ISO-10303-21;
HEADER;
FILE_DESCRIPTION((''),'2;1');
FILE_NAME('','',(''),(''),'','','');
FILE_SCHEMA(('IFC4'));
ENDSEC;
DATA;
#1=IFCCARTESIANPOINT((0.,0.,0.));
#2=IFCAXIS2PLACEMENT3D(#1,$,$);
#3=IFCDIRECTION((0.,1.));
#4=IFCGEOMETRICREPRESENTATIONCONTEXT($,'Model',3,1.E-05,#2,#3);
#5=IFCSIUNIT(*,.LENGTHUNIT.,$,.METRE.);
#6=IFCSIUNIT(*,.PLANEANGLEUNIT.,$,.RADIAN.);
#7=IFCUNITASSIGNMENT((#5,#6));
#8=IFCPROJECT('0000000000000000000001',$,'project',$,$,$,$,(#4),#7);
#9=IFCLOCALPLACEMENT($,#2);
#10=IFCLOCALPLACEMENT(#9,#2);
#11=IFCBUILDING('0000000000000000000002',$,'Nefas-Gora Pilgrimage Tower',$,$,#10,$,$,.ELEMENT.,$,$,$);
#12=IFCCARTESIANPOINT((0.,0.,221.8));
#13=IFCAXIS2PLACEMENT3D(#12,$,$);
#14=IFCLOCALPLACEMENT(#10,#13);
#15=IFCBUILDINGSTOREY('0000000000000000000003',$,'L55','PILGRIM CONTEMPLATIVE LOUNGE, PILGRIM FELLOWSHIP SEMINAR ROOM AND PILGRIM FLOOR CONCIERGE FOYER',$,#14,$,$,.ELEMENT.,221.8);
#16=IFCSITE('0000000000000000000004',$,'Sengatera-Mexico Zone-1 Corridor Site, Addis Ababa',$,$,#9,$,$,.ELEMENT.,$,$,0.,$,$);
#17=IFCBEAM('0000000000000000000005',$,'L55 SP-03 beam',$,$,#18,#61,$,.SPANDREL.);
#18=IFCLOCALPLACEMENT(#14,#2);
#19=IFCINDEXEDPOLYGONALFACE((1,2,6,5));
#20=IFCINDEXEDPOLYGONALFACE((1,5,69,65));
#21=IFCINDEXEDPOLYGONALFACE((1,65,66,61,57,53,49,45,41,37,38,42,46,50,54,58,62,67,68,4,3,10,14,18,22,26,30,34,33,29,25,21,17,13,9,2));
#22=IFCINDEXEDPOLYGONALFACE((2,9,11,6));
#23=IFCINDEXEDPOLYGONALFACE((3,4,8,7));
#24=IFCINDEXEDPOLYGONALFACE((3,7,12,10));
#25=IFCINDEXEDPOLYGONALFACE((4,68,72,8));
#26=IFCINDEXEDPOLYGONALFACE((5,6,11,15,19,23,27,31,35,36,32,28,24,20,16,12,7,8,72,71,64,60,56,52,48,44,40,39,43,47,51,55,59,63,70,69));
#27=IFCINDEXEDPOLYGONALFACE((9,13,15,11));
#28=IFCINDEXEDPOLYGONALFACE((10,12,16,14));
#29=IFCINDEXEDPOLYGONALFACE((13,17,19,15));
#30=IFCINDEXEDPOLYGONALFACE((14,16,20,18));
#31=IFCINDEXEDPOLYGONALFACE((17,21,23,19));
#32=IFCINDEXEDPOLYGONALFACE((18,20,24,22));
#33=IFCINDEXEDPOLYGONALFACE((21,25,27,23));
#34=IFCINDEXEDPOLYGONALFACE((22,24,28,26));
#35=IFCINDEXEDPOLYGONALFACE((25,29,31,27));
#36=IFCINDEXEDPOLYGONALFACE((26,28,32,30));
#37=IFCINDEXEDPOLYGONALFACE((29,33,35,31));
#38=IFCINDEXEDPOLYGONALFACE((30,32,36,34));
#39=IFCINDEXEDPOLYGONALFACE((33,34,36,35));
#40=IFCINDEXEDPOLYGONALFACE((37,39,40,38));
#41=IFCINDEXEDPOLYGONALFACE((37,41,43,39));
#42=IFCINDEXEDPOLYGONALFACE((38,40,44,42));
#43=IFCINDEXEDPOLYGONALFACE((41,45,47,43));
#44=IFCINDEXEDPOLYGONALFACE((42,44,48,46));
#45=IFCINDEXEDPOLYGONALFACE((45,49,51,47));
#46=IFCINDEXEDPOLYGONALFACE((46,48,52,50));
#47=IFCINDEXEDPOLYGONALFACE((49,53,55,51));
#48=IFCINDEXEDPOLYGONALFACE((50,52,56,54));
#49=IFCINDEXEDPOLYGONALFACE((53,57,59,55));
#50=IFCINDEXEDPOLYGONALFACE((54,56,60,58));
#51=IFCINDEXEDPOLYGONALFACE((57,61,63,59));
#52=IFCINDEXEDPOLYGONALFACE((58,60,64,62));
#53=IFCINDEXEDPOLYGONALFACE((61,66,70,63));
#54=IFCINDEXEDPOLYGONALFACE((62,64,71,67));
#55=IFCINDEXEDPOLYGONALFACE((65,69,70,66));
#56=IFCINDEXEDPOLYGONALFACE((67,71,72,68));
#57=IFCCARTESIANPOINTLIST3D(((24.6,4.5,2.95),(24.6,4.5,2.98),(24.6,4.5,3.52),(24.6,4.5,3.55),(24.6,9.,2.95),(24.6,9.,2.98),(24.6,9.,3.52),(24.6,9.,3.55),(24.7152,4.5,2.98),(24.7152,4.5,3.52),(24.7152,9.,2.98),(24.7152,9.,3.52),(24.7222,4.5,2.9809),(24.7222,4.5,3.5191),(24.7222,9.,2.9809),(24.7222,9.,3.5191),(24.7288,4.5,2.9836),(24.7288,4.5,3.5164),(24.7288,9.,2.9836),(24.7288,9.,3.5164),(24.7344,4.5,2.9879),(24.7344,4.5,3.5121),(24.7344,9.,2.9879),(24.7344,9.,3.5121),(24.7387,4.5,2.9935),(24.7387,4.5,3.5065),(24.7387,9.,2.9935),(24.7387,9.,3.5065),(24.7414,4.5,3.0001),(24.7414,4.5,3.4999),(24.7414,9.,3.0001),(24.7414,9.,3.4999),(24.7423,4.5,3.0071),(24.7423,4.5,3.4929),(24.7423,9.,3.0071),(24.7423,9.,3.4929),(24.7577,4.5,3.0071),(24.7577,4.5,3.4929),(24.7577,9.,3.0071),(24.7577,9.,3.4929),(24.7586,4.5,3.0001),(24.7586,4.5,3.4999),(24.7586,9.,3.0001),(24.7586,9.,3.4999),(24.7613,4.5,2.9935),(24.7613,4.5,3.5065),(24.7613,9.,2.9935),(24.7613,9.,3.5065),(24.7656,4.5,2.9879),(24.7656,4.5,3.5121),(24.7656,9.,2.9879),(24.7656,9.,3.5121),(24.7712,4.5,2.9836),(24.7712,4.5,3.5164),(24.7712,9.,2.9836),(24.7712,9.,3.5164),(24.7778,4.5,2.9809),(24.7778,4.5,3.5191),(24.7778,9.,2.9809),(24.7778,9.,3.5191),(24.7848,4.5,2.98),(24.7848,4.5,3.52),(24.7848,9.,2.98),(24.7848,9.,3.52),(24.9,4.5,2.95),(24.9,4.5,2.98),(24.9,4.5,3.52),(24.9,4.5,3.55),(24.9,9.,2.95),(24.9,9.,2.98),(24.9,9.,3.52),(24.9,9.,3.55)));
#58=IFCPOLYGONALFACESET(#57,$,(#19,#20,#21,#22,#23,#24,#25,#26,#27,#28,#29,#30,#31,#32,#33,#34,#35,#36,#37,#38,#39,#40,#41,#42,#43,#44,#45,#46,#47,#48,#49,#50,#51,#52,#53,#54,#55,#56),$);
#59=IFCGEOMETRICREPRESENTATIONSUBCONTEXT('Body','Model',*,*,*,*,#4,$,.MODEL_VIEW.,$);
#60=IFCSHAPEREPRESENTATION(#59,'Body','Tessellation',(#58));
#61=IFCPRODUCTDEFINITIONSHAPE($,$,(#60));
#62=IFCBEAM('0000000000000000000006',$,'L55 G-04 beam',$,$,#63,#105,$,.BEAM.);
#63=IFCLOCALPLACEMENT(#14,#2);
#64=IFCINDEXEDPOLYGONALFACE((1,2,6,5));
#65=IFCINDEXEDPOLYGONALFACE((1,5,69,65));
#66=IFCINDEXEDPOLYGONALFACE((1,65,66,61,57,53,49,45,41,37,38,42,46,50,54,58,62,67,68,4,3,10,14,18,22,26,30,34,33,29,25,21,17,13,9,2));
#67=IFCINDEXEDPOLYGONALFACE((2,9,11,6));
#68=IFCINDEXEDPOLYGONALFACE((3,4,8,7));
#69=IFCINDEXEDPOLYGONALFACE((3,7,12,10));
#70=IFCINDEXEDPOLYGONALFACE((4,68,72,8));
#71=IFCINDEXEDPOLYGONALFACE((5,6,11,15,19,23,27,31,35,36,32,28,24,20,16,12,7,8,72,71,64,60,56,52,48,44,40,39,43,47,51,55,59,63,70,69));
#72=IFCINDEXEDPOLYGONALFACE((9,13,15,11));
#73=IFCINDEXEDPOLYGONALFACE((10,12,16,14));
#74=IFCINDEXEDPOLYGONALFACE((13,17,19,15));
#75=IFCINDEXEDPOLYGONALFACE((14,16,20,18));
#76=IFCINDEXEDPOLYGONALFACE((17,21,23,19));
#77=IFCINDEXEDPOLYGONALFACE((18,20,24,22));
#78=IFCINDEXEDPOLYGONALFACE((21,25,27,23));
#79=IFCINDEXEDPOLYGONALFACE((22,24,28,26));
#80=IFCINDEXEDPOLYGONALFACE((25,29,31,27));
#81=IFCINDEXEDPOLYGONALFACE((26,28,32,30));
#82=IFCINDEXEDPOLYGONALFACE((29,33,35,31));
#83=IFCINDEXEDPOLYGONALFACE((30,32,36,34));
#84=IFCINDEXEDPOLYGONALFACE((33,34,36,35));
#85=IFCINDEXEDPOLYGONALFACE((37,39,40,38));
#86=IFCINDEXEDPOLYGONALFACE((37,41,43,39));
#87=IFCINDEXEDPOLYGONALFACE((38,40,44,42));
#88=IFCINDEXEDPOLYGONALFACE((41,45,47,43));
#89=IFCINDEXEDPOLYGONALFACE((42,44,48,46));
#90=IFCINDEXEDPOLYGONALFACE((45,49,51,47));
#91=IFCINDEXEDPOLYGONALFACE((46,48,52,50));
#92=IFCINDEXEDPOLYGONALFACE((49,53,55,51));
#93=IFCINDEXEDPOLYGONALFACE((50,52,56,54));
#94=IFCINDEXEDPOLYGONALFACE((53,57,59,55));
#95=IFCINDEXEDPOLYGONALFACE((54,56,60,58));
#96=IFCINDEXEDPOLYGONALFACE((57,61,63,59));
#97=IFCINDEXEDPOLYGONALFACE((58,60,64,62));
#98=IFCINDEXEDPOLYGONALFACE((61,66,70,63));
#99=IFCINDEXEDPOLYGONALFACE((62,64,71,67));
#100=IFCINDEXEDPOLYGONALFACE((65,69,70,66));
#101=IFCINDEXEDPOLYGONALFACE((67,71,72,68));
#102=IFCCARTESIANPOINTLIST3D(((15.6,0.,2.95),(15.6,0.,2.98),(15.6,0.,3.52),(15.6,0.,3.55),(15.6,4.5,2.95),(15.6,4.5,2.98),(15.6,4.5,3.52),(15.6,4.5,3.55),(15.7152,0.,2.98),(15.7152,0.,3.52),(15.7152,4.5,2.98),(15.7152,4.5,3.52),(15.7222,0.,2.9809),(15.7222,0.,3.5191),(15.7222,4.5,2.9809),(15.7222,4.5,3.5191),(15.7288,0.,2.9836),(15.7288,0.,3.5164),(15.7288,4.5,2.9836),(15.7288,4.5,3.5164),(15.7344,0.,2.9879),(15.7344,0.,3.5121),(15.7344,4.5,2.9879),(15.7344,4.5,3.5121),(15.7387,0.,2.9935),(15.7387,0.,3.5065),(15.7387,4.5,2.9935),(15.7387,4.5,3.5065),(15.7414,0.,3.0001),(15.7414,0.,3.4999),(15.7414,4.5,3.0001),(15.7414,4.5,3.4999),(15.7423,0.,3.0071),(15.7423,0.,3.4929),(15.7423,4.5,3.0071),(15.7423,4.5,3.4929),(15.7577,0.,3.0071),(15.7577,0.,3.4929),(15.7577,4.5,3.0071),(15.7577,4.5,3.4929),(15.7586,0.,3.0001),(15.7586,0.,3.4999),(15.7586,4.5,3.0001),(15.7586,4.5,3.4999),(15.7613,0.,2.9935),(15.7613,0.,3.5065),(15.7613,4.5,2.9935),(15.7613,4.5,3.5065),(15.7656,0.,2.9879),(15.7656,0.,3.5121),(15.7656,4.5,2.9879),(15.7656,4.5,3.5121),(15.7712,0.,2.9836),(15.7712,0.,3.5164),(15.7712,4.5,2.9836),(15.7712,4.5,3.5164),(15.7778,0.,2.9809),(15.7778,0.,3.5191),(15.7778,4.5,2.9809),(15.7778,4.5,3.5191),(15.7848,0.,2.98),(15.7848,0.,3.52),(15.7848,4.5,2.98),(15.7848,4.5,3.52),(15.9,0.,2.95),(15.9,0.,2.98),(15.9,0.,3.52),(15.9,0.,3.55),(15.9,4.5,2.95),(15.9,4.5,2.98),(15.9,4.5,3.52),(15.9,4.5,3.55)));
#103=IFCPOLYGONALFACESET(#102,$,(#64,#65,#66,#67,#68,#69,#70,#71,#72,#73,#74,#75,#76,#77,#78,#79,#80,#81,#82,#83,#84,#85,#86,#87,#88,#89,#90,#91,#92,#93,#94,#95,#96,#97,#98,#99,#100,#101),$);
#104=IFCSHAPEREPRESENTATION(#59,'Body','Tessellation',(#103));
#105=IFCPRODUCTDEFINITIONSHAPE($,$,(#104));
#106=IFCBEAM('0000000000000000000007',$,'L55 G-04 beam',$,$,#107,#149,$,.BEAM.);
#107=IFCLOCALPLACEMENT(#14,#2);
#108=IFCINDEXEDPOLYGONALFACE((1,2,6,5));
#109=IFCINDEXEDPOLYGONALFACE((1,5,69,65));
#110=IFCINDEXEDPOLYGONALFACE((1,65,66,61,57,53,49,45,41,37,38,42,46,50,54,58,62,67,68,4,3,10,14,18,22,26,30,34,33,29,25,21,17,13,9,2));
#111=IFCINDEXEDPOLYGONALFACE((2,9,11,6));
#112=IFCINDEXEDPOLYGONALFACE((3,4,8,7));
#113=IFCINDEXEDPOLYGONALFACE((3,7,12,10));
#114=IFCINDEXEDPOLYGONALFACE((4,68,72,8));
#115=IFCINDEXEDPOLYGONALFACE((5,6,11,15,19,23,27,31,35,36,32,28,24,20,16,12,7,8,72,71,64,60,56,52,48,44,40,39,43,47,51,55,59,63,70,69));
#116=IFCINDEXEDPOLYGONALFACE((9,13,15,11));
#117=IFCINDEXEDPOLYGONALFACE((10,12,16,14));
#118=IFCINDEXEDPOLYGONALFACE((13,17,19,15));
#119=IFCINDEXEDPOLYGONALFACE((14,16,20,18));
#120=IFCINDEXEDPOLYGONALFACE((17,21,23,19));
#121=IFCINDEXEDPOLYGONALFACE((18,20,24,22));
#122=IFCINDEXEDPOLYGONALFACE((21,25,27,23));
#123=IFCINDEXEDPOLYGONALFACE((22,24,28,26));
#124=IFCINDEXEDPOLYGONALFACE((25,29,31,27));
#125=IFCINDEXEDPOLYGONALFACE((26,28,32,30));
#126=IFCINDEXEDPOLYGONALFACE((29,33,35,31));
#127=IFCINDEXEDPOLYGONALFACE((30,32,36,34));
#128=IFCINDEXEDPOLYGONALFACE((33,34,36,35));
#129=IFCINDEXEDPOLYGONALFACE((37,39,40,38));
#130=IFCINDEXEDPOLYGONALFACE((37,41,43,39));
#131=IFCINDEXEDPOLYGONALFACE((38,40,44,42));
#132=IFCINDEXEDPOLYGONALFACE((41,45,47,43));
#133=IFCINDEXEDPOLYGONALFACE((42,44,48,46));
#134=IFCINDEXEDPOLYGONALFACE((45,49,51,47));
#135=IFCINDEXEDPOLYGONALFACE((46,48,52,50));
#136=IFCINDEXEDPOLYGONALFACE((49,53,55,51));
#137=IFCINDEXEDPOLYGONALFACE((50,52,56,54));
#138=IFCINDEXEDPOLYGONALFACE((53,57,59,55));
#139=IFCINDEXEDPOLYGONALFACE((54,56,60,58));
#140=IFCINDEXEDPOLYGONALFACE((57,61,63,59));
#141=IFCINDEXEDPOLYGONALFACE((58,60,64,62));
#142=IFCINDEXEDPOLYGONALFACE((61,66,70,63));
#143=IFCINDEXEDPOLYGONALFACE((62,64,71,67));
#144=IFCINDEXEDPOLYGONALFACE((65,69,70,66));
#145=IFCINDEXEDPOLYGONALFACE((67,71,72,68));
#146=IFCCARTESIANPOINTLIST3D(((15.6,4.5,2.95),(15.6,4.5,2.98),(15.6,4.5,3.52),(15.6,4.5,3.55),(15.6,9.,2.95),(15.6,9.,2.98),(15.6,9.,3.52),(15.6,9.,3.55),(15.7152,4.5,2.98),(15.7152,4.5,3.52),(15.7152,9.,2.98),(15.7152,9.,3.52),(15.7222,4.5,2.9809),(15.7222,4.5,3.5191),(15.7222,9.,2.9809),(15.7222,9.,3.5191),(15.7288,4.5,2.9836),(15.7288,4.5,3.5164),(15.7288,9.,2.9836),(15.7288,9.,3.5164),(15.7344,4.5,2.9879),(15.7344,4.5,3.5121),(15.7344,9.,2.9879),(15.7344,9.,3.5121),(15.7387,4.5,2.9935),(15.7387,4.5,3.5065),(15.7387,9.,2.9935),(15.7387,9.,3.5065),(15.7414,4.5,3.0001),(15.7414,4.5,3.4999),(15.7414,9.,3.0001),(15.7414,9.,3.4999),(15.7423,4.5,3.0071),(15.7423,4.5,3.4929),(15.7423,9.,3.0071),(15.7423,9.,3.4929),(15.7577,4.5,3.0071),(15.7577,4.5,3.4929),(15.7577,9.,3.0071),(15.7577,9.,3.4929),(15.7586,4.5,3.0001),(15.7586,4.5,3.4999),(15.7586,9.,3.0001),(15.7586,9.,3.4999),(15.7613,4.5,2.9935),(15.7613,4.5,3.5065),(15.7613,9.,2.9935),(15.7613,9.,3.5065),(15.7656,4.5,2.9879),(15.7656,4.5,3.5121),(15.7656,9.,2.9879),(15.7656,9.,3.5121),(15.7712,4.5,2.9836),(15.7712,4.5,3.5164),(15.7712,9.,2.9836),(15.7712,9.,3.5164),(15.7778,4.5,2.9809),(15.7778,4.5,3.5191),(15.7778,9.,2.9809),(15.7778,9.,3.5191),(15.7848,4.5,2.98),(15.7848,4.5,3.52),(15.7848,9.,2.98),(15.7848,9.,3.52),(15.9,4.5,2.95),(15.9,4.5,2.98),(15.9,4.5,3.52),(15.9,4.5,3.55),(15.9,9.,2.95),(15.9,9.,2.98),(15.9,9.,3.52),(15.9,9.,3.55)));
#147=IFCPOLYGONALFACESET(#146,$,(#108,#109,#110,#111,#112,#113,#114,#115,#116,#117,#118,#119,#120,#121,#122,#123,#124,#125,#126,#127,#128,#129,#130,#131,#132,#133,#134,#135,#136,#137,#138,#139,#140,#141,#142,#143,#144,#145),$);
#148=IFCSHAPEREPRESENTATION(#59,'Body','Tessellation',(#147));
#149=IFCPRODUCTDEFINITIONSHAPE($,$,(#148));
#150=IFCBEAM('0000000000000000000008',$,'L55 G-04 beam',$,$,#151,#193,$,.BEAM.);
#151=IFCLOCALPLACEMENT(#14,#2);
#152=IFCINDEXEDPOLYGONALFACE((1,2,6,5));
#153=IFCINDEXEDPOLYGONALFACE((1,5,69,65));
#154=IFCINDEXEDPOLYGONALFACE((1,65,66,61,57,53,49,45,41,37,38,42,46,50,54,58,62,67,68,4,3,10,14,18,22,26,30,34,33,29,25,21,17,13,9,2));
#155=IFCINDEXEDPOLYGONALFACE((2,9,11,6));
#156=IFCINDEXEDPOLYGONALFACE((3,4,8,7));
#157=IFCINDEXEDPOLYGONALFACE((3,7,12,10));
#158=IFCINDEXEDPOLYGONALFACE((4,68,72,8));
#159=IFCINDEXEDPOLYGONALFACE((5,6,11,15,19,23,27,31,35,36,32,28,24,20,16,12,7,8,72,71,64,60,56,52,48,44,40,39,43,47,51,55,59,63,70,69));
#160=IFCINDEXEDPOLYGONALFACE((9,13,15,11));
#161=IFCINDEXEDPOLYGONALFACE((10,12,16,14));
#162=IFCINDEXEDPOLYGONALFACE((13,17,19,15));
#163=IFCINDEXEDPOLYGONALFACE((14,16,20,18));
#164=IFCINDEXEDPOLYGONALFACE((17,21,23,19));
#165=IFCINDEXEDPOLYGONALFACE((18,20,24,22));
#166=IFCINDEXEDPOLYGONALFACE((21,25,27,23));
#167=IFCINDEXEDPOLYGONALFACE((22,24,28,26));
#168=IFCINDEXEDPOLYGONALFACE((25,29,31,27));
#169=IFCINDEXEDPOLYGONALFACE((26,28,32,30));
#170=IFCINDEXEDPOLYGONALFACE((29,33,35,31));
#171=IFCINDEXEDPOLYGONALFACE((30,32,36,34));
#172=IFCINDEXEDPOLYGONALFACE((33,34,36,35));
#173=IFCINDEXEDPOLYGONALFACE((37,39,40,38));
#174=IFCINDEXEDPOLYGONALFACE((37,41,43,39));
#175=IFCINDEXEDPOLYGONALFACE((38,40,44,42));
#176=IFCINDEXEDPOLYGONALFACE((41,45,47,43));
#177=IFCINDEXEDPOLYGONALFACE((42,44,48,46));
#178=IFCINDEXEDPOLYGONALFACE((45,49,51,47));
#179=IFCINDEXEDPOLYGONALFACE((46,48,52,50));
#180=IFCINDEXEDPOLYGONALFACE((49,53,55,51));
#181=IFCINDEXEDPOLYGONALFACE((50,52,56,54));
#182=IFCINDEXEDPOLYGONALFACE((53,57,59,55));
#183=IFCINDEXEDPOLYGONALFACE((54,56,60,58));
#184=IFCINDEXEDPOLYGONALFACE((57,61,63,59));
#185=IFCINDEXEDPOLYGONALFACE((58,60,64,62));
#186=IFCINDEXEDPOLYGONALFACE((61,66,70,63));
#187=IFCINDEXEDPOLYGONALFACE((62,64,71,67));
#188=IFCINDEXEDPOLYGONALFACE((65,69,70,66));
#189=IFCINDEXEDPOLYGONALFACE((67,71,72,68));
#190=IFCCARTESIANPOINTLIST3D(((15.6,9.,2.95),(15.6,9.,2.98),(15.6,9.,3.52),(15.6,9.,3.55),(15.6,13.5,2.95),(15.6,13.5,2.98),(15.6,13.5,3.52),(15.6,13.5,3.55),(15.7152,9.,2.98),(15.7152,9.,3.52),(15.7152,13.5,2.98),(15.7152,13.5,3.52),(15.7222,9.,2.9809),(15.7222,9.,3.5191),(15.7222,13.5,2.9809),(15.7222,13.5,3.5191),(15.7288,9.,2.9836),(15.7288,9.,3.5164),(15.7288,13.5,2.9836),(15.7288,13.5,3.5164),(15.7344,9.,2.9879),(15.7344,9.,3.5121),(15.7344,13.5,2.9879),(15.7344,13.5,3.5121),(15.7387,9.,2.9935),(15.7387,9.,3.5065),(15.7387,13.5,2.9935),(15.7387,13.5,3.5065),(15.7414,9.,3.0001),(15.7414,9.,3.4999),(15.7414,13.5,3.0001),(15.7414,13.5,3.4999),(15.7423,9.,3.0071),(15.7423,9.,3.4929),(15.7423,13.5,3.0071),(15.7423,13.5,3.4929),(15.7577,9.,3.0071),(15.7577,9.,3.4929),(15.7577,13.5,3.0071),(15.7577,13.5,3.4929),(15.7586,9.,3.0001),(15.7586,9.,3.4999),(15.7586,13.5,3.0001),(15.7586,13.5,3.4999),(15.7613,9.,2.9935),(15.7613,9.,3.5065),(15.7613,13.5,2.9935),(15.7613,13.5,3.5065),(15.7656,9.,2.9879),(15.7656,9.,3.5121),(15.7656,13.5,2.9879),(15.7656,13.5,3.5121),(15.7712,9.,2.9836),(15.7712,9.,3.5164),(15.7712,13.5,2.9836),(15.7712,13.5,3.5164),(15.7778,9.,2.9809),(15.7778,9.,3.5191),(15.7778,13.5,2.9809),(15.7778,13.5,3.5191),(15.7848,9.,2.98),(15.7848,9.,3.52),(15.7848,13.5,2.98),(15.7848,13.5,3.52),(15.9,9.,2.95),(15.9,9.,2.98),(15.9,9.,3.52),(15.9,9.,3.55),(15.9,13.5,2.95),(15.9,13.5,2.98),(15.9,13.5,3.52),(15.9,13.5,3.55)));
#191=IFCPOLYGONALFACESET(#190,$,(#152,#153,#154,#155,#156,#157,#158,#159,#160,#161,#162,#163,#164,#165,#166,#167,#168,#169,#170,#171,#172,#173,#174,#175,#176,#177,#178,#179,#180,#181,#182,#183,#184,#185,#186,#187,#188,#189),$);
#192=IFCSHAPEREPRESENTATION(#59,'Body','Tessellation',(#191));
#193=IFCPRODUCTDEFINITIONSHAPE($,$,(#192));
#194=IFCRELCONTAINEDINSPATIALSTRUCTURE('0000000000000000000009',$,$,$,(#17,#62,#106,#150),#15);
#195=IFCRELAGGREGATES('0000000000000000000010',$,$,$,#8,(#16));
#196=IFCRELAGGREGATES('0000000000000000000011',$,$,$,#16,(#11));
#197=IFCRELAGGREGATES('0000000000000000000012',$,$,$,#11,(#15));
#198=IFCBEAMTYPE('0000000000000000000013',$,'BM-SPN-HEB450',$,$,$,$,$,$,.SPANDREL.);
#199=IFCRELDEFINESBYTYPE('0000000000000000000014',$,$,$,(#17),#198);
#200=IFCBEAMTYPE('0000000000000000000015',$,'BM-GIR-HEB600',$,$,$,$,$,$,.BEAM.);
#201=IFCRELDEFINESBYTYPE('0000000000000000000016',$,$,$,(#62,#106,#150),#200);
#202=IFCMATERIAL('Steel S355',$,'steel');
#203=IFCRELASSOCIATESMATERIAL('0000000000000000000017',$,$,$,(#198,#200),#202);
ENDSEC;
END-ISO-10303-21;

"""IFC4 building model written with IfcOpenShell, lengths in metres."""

from ifc_helpers import new_model, si_unit, direction, frame, origin, origin_2d, place, context, subcontext, project, spatial, i_section, extrude, source, transform, mapped, material, material_profile, profile_set, type_object, element, save


model = new_model("IFC4")

# Units and contexts
model_context = context("Model", 3, precision=1e-05, world=origin(), true_north=direction((0.0, 1.0)))
body_context = subcontext(model_context, "Body", "Model", "MODEL_VIEW")
ifc_project = project(units=[si_unit("LENGTHUNIT", "METRE"), si_unit("PLANEANGLEUNIT", "RADIAN")], contexts=[model_context])

# Site, building, storey
site_placement = place(None, origin())
site = spatial("IfcSite", under=ifc_project, at=site_placement, Name="Sengatera-Mexico Zone-1 Corridor Site, Addis Ababa", CompositionType="ELEMENT", RefElevation=0.0)
building_placement = place(site_placement, origin())
building = spatial("IfcBuilding", under=site, at=building_placement, Name="Nefas-Gora Pilgrimage Tower", CompositionType="ELEMENT")
storey_placement = place(building_placement, frame((0.0, 0.0, 221.8)))
storey = spatial("IfcBuildingStorey", under=building, at=storey_placement, Name="L55", Description="PILGRIM CONTEMPLATIVE LOUNGE, PILGRIM FELLOWSHIP SEMINAR ROOM AND PILGRIM FLOOR CONCIERGE FOYER", CompositionType="ELEMENT", Elevation=221.8)

# Beams
ifc_material_1 = material(Name="Steel S355", Category="steel")
ifc_material_profile_1 = material_profile(ifc_material_1, i_section(OverallWidth=0.3, OverallDepth=0.6001, WebThickness=0.0154, FlangeThickness=0.03, FilletRadius=0.0271, at=origin_2d()), Name="HEB 600")
ifc_profile_set_1 = profile_set([ifc_material_profile_1], Name="Steel S355")
beam_type_1 = type_object("IfcBeamType", Name="BM-SPN-HEB450", PredefinedType="SPANDREL", material=ifc_profile_set_1)
shared_shape_1 = source(origin(), body_context, "Body", "SweptSolid", [
    extrude(i_section(OverallWidth=0.3, OverallDepth=0.6001, WebThickness=0.0154, FlangeThickness=0.03, FilletRadius=0.0271, at=origin_2d()), origin(), (0.0, 0.0, 1.0), 4.5),
])
for number, where, z_axis, x_axis, name in (
    (1, (24.75, 4.5, 3.25), (0.0, 1.0, 0.0), (-1.0, 0.0, 0.0), "L55 SP-03 beam"),
):
    element("IfcBeam", number, at=place(storey_placement, frame(where, z_axis=z_axis, x_axis=x_axis)), inside=storey, type_object=beam_type_1, Name=name, PredefinedType="SPANDREL", context=body_context, shape_type="MappedRepresentation", body=[
        mapped(shared_shape_1, transform((0.0, 0.0, 0.0), x_axis=(1.0, 0.0, 0.0), y_axis=(0.0, 1.0, 0.0), z_axis=(0.0, 0.0, 1.0), scale=1.0)),
    ])
ifc_material_profile_2 = material_profile(ifc_material_1, i_section(OverallWidth=0.3, OverallDepth=0.6001, WebThickness=0.0154, FlangeThickness=0.03, FilletRadius=0.0271, at=origin_2d()), Name="HEB 600")
ifc_profile_set_2 = profile_set([ifc_material_profile_2], Name="Steel S355")
beam_type_2 = type_object("IfcBeamType", Name="BM-GIR-HEB600", PredefinedType="BEAM", material=ifc_profile_set_2)
shared_shape_2 = source(origin(), body_context, "Body", "SweptSolid", [
    extrude(i_section(OverallWidth=0.3, OverallDepth=0.6001, WebThickness=0.0154, FlangeThickness=0.03, FilletRadius=0.0271, at=origin_2d()), origin(), (0.0, 0.0, 1.0), 4.5),
])
for number, where, z_axis, x_axis, name in (
    (2, (15.75, 0.0, 3.25), (0.0, 1.0, 0.0), (-1.0, 0.0, 0.0), "L55 G-04 beam"),
    (3, (15.75, 4.5, 3.25), (0.0, 1.0, 0.0), (-1.0, 0.0, 0.0), "L55 G-04 beam"),
    (4, (15.75, 9.0, 3.25), (0.0, 1.0, 0.0), (-1.0, 0.0, 0.0), "L55 G-04 beam"),
):
    element("IfcBeam", number, at=place(storey_placement, frame(where, z_axis=z_axis, x_axis=x_axis)), inside=storey, type_object=beam_type_2, Name=name, PredefinedType="BEAM", context=body_context, shape_type="MappedRepresentation", body=[
        mapped(shared_shape_2, transform((0.0, 0.0, 0.0), x_axis=(1.0, 0.0, 0.0), y_axis=(0.0, 1.0, 0.0), z_axis=(0.0, 0.0, 1.0), scale=1.0)),
    ])

save(model, "model.ifc")
